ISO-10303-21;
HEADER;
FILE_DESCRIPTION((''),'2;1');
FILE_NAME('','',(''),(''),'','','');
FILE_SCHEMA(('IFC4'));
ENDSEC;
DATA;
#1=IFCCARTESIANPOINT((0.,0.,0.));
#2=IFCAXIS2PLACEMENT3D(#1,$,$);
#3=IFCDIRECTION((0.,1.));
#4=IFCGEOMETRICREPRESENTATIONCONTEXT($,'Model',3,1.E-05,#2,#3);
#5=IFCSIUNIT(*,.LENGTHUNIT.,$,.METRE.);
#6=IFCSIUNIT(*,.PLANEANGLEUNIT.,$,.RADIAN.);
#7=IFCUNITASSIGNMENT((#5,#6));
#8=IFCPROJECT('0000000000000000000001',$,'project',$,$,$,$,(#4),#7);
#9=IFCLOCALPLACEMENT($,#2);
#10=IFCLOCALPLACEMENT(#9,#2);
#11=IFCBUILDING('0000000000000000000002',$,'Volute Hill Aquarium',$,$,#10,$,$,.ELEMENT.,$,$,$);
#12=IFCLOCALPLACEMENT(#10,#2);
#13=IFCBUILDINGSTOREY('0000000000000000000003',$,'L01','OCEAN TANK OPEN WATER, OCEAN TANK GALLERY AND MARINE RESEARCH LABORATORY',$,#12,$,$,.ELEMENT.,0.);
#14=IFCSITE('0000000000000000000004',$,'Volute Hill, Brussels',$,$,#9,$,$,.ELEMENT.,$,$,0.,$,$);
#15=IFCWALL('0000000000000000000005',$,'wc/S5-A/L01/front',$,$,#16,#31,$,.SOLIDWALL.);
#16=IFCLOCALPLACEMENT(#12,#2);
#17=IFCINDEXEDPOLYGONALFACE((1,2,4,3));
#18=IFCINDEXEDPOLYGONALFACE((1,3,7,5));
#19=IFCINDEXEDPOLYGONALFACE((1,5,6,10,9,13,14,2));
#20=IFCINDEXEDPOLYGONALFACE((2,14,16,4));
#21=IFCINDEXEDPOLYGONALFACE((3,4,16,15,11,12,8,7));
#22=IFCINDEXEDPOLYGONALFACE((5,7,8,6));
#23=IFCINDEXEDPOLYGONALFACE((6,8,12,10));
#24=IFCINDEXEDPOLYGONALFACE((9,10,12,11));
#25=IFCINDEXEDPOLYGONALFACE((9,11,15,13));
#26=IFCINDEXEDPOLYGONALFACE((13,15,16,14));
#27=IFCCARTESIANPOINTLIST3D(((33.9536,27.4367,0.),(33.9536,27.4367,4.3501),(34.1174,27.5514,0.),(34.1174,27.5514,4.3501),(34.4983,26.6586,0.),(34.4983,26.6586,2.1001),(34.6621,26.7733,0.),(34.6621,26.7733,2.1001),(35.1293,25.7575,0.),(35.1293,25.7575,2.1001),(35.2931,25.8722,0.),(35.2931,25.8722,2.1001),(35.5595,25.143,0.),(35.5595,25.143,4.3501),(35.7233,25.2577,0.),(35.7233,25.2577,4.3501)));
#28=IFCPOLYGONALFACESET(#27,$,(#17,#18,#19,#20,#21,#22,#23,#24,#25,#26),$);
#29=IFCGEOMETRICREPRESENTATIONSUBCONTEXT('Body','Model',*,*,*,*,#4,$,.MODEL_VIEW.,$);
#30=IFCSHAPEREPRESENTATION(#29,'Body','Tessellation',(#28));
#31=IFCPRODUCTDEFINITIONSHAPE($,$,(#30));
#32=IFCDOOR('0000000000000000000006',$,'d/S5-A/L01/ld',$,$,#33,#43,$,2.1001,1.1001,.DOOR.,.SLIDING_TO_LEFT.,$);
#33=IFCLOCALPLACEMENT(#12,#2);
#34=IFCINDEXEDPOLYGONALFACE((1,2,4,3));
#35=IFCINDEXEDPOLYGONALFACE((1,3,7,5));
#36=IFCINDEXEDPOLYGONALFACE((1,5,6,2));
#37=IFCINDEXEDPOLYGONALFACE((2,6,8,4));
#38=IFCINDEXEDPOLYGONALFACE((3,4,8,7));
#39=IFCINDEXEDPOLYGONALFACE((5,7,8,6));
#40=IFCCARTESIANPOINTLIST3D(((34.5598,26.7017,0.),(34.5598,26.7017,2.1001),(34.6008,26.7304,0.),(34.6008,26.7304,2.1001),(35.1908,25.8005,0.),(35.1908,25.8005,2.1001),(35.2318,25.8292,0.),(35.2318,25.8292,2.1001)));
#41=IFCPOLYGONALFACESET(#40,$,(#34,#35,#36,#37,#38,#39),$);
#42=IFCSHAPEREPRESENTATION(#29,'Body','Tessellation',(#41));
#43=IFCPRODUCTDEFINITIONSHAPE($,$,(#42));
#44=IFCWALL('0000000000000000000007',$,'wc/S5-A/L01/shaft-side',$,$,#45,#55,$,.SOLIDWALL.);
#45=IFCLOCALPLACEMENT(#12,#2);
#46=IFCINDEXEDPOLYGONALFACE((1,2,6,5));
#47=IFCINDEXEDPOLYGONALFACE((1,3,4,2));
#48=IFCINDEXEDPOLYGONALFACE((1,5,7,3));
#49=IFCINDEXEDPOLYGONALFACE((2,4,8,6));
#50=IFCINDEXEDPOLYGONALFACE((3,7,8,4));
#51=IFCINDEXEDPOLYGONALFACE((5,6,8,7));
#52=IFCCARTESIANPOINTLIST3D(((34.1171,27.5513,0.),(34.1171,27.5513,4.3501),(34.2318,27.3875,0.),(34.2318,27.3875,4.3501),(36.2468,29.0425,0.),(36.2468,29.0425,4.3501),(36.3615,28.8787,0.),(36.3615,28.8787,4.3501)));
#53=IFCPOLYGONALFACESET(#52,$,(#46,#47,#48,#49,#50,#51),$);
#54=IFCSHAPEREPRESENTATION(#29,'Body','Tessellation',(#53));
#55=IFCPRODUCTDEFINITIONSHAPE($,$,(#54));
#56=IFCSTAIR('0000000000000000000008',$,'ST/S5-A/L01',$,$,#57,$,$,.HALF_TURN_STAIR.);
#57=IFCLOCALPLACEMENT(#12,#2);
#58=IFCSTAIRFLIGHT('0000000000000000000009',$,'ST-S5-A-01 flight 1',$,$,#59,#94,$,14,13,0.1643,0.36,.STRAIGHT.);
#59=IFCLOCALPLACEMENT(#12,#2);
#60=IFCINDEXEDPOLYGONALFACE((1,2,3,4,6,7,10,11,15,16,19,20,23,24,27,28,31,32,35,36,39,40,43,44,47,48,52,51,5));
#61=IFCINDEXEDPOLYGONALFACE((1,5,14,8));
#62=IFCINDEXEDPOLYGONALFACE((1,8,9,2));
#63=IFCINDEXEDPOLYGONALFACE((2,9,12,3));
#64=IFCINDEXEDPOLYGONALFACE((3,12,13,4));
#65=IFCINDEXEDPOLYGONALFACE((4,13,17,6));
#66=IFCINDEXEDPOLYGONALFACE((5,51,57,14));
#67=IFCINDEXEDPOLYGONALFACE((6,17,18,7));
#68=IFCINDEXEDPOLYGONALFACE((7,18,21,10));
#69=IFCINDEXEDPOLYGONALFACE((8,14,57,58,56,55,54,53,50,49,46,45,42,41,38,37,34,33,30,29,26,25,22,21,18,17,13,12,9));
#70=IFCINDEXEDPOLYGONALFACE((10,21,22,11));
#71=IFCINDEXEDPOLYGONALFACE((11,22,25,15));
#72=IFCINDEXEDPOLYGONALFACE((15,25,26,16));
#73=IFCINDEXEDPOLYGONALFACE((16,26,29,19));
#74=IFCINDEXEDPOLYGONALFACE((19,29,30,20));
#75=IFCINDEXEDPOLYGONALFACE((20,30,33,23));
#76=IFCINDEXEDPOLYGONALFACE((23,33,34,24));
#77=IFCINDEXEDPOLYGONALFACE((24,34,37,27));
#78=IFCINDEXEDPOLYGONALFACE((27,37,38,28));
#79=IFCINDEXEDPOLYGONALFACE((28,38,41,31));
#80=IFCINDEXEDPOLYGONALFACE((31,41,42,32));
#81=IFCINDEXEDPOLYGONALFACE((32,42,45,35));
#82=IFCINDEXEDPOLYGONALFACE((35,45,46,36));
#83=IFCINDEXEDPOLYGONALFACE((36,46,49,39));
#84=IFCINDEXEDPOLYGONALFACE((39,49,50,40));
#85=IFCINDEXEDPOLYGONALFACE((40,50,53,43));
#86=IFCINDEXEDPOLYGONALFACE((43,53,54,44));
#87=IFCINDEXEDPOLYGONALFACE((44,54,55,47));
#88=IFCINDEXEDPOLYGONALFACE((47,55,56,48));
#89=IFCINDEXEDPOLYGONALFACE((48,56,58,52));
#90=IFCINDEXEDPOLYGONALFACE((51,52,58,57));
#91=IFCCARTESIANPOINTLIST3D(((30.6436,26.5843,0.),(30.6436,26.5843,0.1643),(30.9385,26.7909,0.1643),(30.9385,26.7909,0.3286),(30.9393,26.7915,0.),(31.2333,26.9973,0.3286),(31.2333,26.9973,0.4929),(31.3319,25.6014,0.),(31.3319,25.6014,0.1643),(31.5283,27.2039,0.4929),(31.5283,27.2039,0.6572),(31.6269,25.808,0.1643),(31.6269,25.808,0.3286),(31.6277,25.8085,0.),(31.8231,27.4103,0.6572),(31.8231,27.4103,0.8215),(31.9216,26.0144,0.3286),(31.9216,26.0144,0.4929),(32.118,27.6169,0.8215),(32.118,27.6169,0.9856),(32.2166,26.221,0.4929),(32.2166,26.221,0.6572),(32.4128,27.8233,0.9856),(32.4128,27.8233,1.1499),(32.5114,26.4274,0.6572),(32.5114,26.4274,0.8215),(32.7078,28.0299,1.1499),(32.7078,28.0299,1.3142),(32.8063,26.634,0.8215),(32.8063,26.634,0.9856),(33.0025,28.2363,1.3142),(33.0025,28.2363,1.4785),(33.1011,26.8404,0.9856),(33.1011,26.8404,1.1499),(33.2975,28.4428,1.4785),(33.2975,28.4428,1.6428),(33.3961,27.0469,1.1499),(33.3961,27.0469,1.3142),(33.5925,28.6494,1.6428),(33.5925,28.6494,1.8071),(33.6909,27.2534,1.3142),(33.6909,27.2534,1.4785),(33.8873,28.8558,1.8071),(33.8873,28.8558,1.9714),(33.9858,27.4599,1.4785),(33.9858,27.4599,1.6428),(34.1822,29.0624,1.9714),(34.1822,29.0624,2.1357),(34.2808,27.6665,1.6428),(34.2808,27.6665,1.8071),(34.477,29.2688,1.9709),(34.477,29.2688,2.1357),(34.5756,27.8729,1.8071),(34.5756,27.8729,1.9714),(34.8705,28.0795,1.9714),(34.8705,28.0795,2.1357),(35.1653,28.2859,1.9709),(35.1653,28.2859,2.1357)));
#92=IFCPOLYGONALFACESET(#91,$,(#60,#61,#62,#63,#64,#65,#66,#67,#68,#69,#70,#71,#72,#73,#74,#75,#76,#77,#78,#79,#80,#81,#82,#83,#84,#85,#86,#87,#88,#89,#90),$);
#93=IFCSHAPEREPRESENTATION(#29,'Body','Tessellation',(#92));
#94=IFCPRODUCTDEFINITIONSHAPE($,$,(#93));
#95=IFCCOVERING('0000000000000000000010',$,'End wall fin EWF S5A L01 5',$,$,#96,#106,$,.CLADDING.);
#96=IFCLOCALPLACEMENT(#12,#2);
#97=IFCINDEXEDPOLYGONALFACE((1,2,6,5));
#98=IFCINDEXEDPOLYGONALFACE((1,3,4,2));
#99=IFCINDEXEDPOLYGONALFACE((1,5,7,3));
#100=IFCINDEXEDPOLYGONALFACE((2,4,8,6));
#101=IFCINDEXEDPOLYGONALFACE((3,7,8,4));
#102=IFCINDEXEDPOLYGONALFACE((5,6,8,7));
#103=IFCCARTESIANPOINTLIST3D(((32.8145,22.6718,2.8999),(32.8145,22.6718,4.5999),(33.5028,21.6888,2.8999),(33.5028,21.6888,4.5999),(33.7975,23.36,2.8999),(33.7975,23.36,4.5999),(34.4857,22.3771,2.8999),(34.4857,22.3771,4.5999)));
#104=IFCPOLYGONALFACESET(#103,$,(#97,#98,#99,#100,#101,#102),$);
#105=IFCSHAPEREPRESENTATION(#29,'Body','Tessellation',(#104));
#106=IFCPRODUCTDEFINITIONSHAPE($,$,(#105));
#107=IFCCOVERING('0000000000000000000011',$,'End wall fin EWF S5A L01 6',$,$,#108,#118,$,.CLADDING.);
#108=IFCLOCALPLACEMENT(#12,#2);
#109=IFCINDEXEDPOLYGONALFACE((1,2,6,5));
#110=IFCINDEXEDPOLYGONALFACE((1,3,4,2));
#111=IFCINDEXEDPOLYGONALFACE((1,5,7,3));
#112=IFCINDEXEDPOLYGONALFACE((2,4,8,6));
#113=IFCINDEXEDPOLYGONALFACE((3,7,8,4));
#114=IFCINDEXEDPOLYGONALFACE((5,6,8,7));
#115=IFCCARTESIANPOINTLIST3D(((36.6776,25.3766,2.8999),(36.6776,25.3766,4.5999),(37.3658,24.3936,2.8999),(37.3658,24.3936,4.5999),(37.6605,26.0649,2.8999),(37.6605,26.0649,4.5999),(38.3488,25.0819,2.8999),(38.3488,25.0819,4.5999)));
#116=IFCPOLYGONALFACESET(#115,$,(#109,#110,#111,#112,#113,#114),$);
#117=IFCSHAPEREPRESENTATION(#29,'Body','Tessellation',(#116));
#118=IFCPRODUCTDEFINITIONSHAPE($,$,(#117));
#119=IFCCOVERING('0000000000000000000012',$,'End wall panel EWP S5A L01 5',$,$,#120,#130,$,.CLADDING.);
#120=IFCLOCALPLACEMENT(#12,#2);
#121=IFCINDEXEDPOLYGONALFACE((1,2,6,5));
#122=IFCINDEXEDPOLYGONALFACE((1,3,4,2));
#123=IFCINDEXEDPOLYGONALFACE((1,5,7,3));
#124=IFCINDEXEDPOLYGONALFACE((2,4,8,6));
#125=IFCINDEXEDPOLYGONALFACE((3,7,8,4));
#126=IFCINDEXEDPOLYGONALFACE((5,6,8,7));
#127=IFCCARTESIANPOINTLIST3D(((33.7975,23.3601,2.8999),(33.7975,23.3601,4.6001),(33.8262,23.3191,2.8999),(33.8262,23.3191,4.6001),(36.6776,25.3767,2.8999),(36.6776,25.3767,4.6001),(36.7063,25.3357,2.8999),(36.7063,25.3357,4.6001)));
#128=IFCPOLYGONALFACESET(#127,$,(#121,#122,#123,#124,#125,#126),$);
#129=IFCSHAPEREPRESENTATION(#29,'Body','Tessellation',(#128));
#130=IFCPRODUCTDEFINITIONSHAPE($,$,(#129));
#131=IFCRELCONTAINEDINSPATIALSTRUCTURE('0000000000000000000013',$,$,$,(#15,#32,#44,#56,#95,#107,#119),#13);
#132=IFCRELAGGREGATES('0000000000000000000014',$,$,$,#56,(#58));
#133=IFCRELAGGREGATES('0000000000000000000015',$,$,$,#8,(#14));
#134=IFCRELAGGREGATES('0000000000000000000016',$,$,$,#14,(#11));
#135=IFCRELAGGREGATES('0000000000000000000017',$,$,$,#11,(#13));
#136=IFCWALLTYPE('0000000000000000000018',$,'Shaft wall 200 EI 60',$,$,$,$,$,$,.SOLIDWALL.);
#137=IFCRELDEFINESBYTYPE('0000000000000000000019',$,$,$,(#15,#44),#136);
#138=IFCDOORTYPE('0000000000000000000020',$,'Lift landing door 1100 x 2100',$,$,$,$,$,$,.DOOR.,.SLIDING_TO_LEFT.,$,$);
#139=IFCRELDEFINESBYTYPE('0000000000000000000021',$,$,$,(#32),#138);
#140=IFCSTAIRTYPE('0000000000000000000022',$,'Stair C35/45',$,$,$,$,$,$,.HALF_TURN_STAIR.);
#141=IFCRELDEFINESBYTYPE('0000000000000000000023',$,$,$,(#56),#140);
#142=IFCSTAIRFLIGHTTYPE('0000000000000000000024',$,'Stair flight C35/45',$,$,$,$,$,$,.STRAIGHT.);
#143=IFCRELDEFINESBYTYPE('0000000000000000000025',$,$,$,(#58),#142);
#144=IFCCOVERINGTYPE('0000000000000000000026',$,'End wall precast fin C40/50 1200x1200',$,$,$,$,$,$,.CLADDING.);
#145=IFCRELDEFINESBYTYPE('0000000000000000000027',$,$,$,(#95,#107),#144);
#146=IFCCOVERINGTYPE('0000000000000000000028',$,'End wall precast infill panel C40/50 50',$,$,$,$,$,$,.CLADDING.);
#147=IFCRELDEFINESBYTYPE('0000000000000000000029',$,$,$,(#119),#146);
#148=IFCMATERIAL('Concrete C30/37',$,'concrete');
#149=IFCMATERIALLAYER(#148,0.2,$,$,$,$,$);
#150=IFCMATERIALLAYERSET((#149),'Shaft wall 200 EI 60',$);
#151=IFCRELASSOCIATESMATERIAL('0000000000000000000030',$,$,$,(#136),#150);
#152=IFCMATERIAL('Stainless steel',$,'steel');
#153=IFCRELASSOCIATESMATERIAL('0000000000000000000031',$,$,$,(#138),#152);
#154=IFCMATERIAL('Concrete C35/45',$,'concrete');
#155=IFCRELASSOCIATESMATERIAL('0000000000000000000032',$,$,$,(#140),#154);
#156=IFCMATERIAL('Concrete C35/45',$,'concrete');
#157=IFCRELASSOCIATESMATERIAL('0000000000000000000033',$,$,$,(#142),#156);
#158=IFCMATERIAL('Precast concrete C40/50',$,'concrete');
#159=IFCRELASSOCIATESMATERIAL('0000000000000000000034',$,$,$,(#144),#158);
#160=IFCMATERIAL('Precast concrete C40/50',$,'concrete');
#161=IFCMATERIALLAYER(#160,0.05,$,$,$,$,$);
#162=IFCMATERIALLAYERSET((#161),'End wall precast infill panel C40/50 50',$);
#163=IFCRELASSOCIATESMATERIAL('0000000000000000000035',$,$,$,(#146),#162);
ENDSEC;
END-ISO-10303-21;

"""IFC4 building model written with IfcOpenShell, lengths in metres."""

from ifc_helpers import new_model, si_unit, direction, frame, frame_2d, origin, origin_2d, place, context, subcontext, project, spatial, polyline, rectangle, outline, extrude, material, layer, layer_set, type_object, element, fill, aggregate, save


model = new_model("IFC4")

# Units and contexts
model_context = context("Model", 3, precision=1e-05, world=origin(), true_north=direction((0.0, 1.0)))
body_context = subcontext(model_context, "Body", "Model", "MODEL_VIEW")
ifc_project = project(units=[si_unit("LENGTHUNIT", "METRE"), si_unit("PLANEANGLEUNIT", "RADIAN")], contexts=[model_context])

# Site, building, storey
site_placement = place(None, origin())
site = spatial("IfcSite", under=ifc_project, at=site_placement, Name="Volute Hill, Brussels", CompositionType="ELEMENT", RefElevation=0.0)
building_placement = place(site_placement, origin())
building = spatial("IfcBuilding", under=site, at=building_placement, Name="Volute Hill Aquarium", CompositionType="ELEMENT")
storey_placement = place(building_placement, origin())
storey = spatial("IfcBuildingStorey", under=building, at=storey_placement, Name="L01", Description="OCEAN TANK OPEN WATER, OCEAN TANK GALLERY AND MARINE RESEARCH LABORATORY", CompositionType="ELEMENT", Elevation=0.0)

# Shared definitions
ifc_material_1 = material(Name="Concrete C30/37", Category="concrete")
ifc_layer_1 = layer(ifc_material_1, 0.2)
ifc_layer_set_1 = layer_set([ifc_layer_1], Name="Shaft wall 200 EI 60")
wall_type_1 = type_object("IfcWallType", Name="Shaft wall 200 EI 60", PredefinedType="SOLIDWALL", material=ifc_layer_set_1)

# Wall, opening, door
wall_1_placement = place(storey_placement, frame((35.6414, 25.2004, 0.0), z_axis=(0.0, 0.0, 1.0), x_axis=(-0.57355, 0.81917, 0.0)))
wall_1 = element("IfcWall", 1, at=wall_1_placement, inside=storey, type_object=wall_type_1, Name="wc/S5-A/L01/front", PredefinedType="SOLIDWALL", context=body_context, shape_type="SweptSolid", body=[
    extrude(rectangle(XDim=2.8, YDim=0.2, at=frame_2d((1.3999, 0.0))), origin(), (0.0, 0.0, 1.0), 4.3501),
])
opening_1_placement = place(wall_1_placement, frame((0.75, 0.0, 0.0)))
opening_1 = element("IfcOpeningElement", 2, at=opening_1_placement, cuts=wall_1, PredefinedType="OPENING", context=body_context, shape_type="SweptSolid", body=[
    extrude(rectangle(XDim=1.1001, YDim=2.1001, at=frame_2d((0.55, 1.05))), frame((0.0, 0.1099, 0.0), z_axis=(0.0, -1.0, 0.0), x_axis=(1.0, 0.0, 0.0)), (0.0, 0.0, 1.0), 0.22),
])
ifc_material_2 = material(Name="Stainless steel", Category="steel")
door_type_1 = type_object("IfcDoorType", Name="Lift landing door 1100 x 2100", OperationType="SLIDING_TO_LEFT", PredefinedType="DOOR", material=ifc_material_2)
door_1_placement = place(opening_1_placement, origin())
door_1 = element("IfcDoor", 3, at=door_1_placement, inside=storey, type_object=door_type_1, Name="d/S5-A/L01/ld", OperationType="SLIDING_TO_LEFT", OverallHeight=2.1001, OverallWidth=1.1001, PredefinedType="DOOR", context=body_context, shape_type="SweptSolid", body=[
    extrude(rectangle(XDim=1.1001, YDim=2.1001, at=frame_2d((0.55, 1.05))), frame((0.0, 0.0249, 0.0), z_axis=(0.0, -1.0, 0.0), x_axis=(1.0, 0.0, 0.0)), (0.0, 0.0, 1.0), 0.05),
])
fill(opening_1, door_1)

# Wall
wall_2_placement = place(storey_placement, frame((34.1746, 27.4695, 0.0), z_axis=(0.0, 0.0, 1.0), x_axis=(0.819148, 0.573582, 0.0)))
element("IfcWall", 4, at=wall_2_placement, inside=storey, type_object=wall_type_1, Name="wc/S5-A/L01/shaft-side", PredefinedType="SOLIDWALL", context=body_context, shape_type="SweptSolid", body=[
    extrude(rectangle(XDim=2.5999, YDim=0.2, at=frame_2d((1.2998, 0.0))), origin(), (0.0, 0.0, 1.0), 4.3501),
])

# Stair, stair flight
ifc_material_3 = material(Name="Concrete C35/45", Category="concrete")
stair_type = type_object("IfcStairType", Name="Stair C35/45", PredefinedType="HALF_TURN_STAIR", material=ifc_material_3)
stair_placement = place(storey_placement, origin())
stair = element("IfcStair", 5, at=stair_placement, inside=storey, type_object=stair_type, Name="ST/S5-A/L01", PredefinedType="HALF_TURN_STAIR")
ifc_material_4 = material(Name="Concrete C35/45", Category="concrete")
stair_flight_type = type_object("IfcStairFlightType", Name="Stair flight C35/45", PredefinedType="STRAIGHT", material=ifc_material_4)
stair_flight_placement = place(storey_placement, frame((30.9878, 26.0928, 0.0), z_axis=(0.0, 0.0, 1.0), x_axis=(0.819124, 0.573617, 0.0)))
stair_flight = element("IfcStairFlight", 6, at=stair_flight_placement, type_object=stair_flight_type, Name="ST-S5-A-01 flight 1", NumberOfRisers=14, NumberOfTreads=13, PredefinedType="STRAIGHT", RiserHeight=0.1643, TreadLength=0.36, context=body_context, shape_type="SweptSolid", body=[
    extrude(outline(polyline([(0.0, 0.0), (0.0, 0.1643), (0.3601, 0.1643), (0.3601, 0.3286), (0.72, 0.3286), (0.72, 0.4929), (1.0801, 0.4929), (1.0801, 0.6572), (1.4399, 0.6572), (1.4399, 0.8215), (1.8, 0.8215), (1.8, 0.9856), (2.1599, 0.9856), (2.1599, 1.1499), (2.52, 1.1499), (2.52, 1.3142), (2.8799, 1.3142), (2.8799, 1.4785), (3.24, 1.4785), (3.24, 1.6428), (3.6001, 1.6428), (3.6001, 1.8071), (3.96, 1.8071), (3.96, 1.9714), (4.3201, 1.9714), (4.3201, 2.1357), (4.6799, 2.1357), (4.6799, 2.3), (4.6799, 1.9709), (0.3611, 0.0), (0.0, 0.0)])), frame((0.0, 0.6001, 0.0), z_axis=(0.0, -1.0, 0.0), x_axis=(1.0, 0.0, 0.0)), (0.0, 0.0, 1.0), 1.2),
])
aggregate(stair, [stair_flight])

# Coverings
ifc_material_5 = material(Name="Precast concrete C40/50", Category="concrete")
covering_type_1 = type_object("IfcCoveringType", Name="End wall precast fin C40/50 1200x1200", PredefinedType="CLADDING", material=ifc_material_5)
for number, where, z_axis, x_axis, name in (
    (7, (33.6501, 22.5244, 2.8999), (0.0, 0.0, 1.0), (0.819152, 0.573576, 0.0), "End wall fin EWF S5A L01 5"),
    (8, (37.5132, 25.2292, 2.8999), (0.0, 0.0, 1.0), (0.819152, 0.573576, 0.0), "End wall fin EWF S5A L01 6"),
):
    element("IfcCovering", number, at=place(storey_placement, frame(where, z_axis=z_axis, x_axis=x_axis)), inside=storey, type_object=covering_type_1, Name=name, PredefinedType="CLADDING", context=body_context, shape_type="SweptSolid", body=[
        extrude(rectangle(XDim=1.2, YDim=1.2, at=origin_2d()), origin(), (0.0, 0.0, 1.0), 1.7),
    ])
ifc_material_6 = material(Name="Precast concrete C40/50", Category="concrete")
ifc_layer_2 = layer(ifc_material_6, 0.05)
ifc_layer_set_2 = layer_set([ifc_layer_2], Name="End wall precast infill panel C40/50 50")
covering_type_2 = type_object("IfcCoveringType", Name="End wall precast infill panel C40/50 50", PredefinedType="CLADDING", material=ifc_layer_set_2)
covering_placement = place(storey_placement, frame((33.8262, 23.3191, 2.8999), z_axis=(0.57356, -0.819163, 0.0), x_axis=(0.819163, 0.57356, 0.0)))
element("IfcCovering", 9, at=covering_placement, inside=storey, type_object=covering_type_2, Name="End wall panel EWP S5A L01 5", PredefinedType="CLADDING", context=body_context, shape_type="SweptSolid", body=[
    extrude(outline(polyline([(0.0, 0.0), (3.5159, 0.0), (3.5159, 1.7002), (0.0, 1.7002), (0.0, 0.0)])), origin(), (0.0, 0.0, -1.0), 0.05),
])

save(model, "model.ifc")
